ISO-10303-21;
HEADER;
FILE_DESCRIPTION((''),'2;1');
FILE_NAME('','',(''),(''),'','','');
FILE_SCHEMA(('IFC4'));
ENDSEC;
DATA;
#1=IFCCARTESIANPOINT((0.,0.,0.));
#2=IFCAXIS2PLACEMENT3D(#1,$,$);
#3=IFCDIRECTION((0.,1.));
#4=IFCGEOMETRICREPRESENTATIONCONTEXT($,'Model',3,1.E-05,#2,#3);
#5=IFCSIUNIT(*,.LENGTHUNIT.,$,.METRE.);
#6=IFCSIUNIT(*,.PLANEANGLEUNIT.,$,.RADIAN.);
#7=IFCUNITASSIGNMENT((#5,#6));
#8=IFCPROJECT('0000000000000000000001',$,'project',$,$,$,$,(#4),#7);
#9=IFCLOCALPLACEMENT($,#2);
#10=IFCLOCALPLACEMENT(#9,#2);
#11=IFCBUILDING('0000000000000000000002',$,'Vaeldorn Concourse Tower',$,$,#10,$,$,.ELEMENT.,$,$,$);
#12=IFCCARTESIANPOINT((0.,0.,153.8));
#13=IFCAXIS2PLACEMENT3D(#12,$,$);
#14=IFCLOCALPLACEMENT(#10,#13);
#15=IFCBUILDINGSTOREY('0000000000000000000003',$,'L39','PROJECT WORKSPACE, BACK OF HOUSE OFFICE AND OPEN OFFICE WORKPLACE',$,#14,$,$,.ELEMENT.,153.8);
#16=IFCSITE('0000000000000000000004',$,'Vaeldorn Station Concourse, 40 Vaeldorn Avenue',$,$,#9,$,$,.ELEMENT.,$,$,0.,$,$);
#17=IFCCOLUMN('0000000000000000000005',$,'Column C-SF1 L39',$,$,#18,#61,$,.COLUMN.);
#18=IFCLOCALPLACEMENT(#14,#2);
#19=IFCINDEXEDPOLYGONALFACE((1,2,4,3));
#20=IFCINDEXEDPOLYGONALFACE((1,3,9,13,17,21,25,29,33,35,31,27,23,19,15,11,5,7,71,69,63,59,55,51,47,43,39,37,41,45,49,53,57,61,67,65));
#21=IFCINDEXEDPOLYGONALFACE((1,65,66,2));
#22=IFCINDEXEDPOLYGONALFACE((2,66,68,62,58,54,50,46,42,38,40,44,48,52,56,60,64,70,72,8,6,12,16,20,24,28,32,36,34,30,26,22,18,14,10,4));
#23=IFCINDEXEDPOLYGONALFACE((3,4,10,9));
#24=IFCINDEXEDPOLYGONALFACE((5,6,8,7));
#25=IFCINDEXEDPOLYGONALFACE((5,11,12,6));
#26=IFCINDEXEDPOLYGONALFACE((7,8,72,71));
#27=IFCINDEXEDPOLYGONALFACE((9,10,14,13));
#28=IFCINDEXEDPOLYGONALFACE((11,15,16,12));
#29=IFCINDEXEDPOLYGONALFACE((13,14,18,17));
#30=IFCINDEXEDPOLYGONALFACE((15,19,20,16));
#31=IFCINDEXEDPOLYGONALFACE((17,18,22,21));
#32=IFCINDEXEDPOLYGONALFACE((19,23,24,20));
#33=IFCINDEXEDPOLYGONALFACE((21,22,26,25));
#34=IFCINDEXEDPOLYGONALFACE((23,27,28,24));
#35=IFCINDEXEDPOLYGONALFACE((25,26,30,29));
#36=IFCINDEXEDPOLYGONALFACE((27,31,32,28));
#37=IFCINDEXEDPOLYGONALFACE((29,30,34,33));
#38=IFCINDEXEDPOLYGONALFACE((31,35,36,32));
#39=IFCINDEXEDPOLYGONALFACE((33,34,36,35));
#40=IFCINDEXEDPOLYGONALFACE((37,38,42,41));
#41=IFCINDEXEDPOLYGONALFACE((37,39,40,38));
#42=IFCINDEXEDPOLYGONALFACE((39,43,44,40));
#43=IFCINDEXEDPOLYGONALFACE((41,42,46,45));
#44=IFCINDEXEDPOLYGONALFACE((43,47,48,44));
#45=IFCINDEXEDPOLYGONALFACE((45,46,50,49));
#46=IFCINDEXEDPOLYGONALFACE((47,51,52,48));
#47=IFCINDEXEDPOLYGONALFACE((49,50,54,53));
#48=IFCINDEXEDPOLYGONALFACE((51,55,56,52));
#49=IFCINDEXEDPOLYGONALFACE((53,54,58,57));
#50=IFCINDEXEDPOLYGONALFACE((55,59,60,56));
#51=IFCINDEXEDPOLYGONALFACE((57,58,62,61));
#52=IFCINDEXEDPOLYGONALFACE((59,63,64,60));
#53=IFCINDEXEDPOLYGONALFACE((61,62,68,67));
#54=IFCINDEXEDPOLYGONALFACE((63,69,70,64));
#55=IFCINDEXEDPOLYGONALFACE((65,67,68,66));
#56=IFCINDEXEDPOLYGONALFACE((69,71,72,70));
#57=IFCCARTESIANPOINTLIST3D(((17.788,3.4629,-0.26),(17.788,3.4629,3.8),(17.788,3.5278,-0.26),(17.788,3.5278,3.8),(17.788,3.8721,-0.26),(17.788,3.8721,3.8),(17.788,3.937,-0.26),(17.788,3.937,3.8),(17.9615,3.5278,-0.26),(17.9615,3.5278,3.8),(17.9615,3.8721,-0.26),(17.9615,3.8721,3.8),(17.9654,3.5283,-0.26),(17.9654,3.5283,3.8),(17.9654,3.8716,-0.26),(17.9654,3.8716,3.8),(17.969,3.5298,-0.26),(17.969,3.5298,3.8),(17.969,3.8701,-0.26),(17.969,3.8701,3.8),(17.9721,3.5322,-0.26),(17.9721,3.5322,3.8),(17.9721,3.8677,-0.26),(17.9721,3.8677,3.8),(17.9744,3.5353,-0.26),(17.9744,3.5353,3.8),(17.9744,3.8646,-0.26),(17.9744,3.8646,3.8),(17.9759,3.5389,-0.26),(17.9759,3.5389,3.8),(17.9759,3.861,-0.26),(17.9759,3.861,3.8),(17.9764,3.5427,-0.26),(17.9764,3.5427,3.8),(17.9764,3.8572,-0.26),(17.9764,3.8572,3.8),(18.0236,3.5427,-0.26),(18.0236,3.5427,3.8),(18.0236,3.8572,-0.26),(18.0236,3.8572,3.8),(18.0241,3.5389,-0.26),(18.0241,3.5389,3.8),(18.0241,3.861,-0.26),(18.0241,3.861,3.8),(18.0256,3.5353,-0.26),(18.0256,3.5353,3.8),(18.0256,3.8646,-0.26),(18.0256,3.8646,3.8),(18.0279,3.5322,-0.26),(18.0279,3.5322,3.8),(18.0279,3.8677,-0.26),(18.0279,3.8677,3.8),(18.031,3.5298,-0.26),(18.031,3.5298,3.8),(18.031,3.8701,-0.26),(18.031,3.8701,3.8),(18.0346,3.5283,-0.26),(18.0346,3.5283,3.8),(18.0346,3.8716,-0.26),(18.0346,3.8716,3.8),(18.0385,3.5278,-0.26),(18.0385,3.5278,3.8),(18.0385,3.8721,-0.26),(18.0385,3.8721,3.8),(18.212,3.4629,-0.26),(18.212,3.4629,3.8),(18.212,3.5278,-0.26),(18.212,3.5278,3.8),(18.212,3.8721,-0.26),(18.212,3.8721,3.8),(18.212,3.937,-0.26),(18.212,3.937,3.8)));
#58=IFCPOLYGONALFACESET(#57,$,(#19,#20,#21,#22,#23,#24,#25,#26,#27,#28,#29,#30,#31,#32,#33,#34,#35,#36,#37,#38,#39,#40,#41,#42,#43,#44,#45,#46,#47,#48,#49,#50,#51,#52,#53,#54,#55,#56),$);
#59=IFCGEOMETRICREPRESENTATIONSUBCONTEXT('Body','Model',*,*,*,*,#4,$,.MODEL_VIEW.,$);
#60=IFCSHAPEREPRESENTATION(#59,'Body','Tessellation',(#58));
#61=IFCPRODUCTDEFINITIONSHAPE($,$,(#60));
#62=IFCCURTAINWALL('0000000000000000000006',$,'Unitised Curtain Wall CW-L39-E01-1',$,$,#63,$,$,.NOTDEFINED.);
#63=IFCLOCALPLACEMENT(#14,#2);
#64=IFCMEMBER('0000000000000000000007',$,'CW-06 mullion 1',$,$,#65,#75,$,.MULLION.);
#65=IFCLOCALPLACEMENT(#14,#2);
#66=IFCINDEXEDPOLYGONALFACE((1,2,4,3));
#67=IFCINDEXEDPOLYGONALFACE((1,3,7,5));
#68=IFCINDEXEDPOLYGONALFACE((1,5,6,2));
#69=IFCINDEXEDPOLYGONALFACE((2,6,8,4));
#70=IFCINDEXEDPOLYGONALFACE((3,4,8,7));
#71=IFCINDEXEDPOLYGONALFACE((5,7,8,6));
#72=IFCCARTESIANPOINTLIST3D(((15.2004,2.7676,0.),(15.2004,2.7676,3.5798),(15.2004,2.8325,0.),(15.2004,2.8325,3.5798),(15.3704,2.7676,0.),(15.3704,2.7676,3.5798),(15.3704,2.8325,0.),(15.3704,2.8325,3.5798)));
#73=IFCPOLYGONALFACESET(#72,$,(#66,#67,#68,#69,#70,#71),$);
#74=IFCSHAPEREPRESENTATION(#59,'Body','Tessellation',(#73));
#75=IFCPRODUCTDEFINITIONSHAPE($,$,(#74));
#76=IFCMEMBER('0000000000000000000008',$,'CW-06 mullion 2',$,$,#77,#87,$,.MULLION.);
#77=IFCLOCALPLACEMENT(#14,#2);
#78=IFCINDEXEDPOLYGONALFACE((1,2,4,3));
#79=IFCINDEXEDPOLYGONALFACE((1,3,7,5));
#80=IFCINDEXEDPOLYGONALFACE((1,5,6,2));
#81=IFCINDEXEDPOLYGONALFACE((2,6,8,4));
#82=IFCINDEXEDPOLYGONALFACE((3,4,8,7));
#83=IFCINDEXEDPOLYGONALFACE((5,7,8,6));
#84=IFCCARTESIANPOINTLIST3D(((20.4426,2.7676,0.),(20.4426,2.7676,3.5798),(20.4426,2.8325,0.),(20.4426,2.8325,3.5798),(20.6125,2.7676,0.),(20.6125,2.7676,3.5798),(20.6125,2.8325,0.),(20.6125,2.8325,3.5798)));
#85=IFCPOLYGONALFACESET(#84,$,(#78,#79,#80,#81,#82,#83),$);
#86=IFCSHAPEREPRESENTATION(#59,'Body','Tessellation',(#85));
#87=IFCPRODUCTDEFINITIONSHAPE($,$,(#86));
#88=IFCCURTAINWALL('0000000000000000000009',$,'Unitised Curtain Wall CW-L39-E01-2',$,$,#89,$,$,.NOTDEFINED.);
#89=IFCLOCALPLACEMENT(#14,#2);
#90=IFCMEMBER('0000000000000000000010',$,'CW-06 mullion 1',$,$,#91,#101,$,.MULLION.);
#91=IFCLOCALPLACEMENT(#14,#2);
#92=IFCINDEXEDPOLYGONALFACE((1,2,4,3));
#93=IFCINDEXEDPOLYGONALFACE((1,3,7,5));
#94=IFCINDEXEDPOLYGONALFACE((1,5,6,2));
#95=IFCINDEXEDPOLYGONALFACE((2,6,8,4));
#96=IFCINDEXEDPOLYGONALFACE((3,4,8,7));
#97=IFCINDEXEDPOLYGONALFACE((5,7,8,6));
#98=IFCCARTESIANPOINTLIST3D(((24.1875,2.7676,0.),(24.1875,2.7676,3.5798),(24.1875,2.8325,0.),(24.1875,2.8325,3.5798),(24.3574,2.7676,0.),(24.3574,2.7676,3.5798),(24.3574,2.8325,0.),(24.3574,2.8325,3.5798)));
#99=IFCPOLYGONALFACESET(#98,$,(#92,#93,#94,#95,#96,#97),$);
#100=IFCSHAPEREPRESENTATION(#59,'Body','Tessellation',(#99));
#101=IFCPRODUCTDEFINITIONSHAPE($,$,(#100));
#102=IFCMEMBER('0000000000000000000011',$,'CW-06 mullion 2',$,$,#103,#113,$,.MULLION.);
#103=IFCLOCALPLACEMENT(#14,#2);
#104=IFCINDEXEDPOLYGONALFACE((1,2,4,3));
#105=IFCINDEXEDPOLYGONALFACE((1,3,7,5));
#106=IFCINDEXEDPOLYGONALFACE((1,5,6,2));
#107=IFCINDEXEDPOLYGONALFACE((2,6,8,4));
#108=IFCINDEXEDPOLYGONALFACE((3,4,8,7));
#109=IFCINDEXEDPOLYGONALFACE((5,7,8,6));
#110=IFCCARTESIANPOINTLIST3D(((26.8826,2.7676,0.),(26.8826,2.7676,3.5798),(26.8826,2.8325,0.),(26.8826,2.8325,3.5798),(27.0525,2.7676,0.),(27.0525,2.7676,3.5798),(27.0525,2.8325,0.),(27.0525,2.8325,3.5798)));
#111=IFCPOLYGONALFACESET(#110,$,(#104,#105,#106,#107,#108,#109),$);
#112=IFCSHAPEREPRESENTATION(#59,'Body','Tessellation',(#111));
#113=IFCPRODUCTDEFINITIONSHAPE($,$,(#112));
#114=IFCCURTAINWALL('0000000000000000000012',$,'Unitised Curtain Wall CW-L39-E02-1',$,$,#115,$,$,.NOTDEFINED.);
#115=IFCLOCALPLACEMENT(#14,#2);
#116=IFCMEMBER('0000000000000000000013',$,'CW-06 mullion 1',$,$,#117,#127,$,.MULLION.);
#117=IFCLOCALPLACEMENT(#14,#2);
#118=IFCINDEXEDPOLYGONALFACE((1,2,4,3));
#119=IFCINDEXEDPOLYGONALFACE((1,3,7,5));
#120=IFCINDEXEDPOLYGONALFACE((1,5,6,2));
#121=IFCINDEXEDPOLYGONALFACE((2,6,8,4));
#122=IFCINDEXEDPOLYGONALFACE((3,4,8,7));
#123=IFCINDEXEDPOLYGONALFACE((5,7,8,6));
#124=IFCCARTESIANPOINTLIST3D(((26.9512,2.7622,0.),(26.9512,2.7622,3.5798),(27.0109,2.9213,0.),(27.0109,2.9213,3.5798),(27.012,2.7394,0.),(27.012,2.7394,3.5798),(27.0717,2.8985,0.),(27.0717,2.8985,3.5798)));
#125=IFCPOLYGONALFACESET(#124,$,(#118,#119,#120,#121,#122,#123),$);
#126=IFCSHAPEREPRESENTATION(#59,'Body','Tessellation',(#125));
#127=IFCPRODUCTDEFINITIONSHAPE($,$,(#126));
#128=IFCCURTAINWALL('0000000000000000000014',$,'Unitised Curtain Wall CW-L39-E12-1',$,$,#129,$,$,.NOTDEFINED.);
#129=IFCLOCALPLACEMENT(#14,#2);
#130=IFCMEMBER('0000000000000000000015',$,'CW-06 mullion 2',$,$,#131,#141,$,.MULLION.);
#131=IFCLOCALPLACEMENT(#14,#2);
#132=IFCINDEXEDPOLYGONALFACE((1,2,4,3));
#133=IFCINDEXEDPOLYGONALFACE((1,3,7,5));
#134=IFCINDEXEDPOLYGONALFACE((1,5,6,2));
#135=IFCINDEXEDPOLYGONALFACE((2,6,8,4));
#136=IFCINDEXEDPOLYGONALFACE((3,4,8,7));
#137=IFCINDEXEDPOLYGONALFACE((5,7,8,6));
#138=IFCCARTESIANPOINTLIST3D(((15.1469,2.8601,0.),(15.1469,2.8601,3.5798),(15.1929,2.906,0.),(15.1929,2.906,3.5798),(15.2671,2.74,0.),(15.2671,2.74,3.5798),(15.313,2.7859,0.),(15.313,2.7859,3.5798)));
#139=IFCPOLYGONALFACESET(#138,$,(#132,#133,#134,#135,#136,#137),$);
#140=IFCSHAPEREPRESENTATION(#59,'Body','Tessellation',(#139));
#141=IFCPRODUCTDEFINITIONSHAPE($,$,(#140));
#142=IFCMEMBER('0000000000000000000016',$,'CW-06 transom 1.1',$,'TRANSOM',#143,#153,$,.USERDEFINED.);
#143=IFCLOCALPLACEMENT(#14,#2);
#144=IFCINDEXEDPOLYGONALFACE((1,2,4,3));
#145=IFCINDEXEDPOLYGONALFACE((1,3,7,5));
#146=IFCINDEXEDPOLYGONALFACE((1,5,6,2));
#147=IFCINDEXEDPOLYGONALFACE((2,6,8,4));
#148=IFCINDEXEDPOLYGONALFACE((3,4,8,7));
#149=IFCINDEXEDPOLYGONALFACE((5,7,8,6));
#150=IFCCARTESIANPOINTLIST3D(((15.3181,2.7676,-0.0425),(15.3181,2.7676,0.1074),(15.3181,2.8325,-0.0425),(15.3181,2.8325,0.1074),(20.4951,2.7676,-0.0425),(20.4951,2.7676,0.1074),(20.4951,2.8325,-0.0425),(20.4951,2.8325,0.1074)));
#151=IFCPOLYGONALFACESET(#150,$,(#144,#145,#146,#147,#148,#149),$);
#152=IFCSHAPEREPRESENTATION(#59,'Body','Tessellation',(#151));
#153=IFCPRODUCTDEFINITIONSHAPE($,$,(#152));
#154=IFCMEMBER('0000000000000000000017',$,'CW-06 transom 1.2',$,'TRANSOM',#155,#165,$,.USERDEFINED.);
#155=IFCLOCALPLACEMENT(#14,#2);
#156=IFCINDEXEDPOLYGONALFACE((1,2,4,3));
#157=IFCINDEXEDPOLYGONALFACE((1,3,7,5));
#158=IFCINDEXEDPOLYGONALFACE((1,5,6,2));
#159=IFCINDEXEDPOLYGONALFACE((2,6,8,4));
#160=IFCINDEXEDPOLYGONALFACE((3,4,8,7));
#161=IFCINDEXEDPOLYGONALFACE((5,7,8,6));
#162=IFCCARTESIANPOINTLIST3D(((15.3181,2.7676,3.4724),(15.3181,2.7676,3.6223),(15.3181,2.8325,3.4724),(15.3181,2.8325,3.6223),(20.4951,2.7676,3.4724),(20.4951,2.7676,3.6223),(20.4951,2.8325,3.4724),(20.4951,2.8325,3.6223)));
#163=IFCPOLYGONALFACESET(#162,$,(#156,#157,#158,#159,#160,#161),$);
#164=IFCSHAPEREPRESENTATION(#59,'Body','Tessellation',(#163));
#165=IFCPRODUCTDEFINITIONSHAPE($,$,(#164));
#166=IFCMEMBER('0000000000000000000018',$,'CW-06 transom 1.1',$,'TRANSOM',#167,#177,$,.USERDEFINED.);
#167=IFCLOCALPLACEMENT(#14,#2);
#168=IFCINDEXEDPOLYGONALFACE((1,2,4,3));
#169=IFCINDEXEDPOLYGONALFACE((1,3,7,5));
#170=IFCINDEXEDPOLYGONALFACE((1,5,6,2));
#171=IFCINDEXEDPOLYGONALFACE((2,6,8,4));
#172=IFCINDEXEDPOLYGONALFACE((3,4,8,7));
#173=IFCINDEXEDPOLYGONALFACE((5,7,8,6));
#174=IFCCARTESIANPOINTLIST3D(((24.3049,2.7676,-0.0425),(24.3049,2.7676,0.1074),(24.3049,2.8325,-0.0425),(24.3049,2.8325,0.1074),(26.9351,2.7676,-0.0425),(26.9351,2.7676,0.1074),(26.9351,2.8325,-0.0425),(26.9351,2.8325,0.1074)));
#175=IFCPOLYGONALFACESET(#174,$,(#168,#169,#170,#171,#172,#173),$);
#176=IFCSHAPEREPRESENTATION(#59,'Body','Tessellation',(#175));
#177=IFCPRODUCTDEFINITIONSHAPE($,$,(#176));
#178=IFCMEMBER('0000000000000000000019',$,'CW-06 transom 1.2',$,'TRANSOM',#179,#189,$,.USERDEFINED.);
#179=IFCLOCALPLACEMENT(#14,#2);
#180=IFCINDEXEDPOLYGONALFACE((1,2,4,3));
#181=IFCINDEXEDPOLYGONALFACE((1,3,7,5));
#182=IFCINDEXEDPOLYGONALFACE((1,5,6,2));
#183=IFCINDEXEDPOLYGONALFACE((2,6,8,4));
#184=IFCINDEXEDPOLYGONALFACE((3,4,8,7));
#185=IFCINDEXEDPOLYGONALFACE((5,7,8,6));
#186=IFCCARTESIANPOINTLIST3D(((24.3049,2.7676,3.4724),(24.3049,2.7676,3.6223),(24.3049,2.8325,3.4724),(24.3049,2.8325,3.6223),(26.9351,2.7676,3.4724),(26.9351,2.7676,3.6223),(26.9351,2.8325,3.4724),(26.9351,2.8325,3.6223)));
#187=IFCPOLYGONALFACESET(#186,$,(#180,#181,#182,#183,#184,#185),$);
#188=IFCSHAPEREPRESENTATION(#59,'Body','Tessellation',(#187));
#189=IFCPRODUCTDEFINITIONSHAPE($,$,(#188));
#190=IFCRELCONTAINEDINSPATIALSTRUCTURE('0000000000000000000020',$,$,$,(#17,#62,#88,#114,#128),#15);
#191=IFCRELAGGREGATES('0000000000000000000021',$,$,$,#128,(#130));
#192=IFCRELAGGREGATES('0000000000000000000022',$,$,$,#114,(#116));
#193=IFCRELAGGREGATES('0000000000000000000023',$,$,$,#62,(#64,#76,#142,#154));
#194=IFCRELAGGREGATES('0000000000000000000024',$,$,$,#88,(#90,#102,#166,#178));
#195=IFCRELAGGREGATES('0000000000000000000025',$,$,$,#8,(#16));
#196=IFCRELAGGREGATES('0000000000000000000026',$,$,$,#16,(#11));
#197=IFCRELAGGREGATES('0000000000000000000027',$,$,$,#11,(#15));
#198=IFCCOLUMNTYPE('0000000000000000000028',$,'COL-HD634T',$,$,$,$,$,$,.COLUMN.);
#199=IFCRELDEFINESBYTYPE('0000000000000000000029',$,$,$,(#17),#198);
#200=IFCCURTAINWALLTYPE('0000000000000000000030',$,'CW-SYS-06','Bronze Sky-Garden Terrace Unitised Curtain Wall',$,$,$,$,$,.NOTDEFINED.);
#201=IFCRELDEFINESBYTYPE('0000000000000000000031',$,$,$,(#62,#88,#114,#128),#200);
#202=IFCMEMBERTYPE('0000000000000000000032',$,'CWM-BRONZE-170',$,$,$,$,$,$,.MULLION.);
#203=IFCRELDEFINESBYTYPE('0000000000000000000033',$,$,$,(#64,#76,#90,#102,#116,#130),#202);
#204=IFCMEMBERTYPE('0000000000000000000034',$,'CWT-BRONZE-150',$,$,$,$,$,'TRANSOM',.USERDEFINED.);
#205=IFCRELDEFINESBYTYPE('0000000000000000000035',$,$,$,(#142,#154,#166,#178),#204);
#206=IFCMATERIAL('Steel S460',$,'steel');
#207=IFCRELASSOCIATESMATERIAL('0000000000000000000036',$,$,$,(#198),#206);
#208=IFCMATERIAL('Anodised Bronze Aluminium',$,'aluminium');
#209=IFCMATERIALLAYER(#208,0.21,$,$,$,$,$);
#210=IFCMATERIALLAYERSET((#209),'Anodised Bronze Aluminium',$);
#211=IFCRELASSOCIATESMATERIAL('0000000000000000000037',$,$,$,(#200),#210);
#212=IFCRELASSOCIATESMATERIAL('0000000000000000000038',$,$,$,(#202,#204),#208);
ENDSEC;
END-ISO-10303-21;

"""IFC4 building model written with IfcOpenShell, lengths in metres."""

from ifc_helpers import new_model, si_unit, direction, frame, origin, origin_2d, place, context, subcontext, project, spatial, rectangle, i_section, extrude, source, transform, mapped, material, layer, layer_set, material_profile, profile_set, type_object, element, aggregate, save


model = new_model("IFC4")

# Units and contexts
model_context = context("Model", 3, precision=1e-05, world=origin(), true_north=direction((0.0, 1.0)))
body_context = subcontext(model_context, "Body", "Model", "MODEL_VIEW")
ifc_project = project(units=[si_unit("LENGTHUNIT", "METRE"), si_unit("PLANEANGLEUNIT", "RADIAN")], contexts=[model_context])

# Site, building, storey
site_placement = place(None, origin())
site = spatial("IfcSite", under=ifc_project, at=site_placement, Name="Vaeldorn Station Concourse, 40 Vaeldorn Avenue", CompositionType="ELEMENT", RefElevation=0.0)
building_placement = place(site_placement, origin())
building = spatial("IfcBuilding", under=site, at=building_placement, Name="Vaeldorn Concourse Tower", CompositionType="ELEMENT")
storey_placement = place(building_placement, frame((0.0, 0.0, 153.8)))
storey = spatial("IfcBuildingStorey", under=building, at=storey_placement, Name="L39", Description="PROJECT WORKSPACE, BACK OF HOUSE OFFICE AND OPEN OFFICE WORKPLACE", CompositionType="ELEMENT", Elevation=153.8)

# Column
ifc_material_1 = material(Name="Steel S460", Category="steel")
ifc_material_profile_1 = material_profile(ifc_material_1, i_section(OverallWidth=0.4241, OverallDepth=0.4741, WebThickness=0.0471, FlangeThickness=0.0649, FilletRadius=0.0149, at=origin_2d()), Name="HD 400x634")
ifc_profile_set_1 = profile_set([ifc_material_profile_1], Name="Steel S460")
column_type = type_object("IfcColumnType", Name="COL-HD634T", PredefinedType="COLUMN", material=ifc_profile_set_1)
shared_shape_1 = source(origin(), body_context, "Body", "SweptSolid", [
    extrude(i_section(OverallWidth=0.4241, OverallDepth=0.4741, WebThickness=0.0471, FlangeThickness=0.0649, FilletRadius=0.0149, at=origin_2d()), origin(), (0.0, 0.0, 1.0), 4.0601),
])
column_placement = place(storey_placement, frame((18.0, 3.7, -0.26), z_axis=(0.0, 0.0, 1.0), x_axis=(1.0, 0.0, 0.0)))
element("IfcColumn", 1, at=column_placement, inside=storey, type_object=column_type, Name="Column C-SF1 L39", PredefinedType="COLUMN", context=body_context, shape_type="MappedRepresentation", body=[
    mapped(shared_shape_1, transform((0.0, 0.0, 0.0), scale=1.0)),
])

# Curtain walls, members
ifc_material_2 = material(Name="Anodised Bronze Aluminium", Category="aluminium")
ifc_layer_1 = layer(ifc_material_2, 0.21)
ifc_layer_set_1 = layer_set([ifc_layer_1], Name="Anodised Bronze Aluminium")
curtain_wall_type = type_object("IfcCurtainWallType", Name="CW-SYS-06", Description="Bronze Sky-Garden Terrace Unitised Curtain Wall", PredefinedType="NOTDEFINED", material=ifc_layer_set_1)
curtain_wall_1_placement = place(storey_placement, origin())
curtain_wall_1 = element("IfcCurtainWall", 2, at=curtain_wall_1_placement, inside=storey, type_object=curtain_wall_type, Name="Unitised Curtain Wall CW-L39-E01-1", PredefinedType="NOTDEFINED")
ifc_material_profile_2 = material_profile(ifc_material_2, rectangle(XDim=0.0649, YDim=0.1699, at=origin_2d()), Name="CWM 65x170")
ifc_profile_set_2 = profile_set([ifc_material_profile_2], Name="Anodised Bronze Aluminium")
member_type_1 = type_object("IfcMemberType", Name="CWM-BRONZE-170", PredefinedType="MULLION", material=ifc_profile_set_2)
shared_shape_2 = source(origin(), body_context, "Body", "SweptSolid", [
    extrude(rectangle(XDim=0.0649, YDim=0.1699, at=origin_2d()), origin(), (0.0, 0.0, 1.0), 3.5798),
])
member_1_placement = place(storey_placement, frame((15.2854, 2.8, 0.0), z_axis=(0.0, 0.0, 1.0), x_axis=(0.0, 1.0, 0.0)))
member_1 = element("IfcMember", 3, at=member_1_placement, type_object=member_type_1, Name="CW-06 mullion 1", PredefinedType="MULLION", context=body_context, shape_type="MappedRepresentation", body=[
    mapped(shared_shape_2, transform((0.0, 0.0, 0.0), scale=1.0)),
])
member_2_placement = place(storey_placement, frame((20.5276, 2.8, 0.0), z_axis=(0.0, 0.0, 1.0), x_axis=(0.0, 1.0, 0.0)))
member_2 = element("IfcMember", 4, at=member_2_placement, type_object=member_type_1, Name="CW-06 mullion 2", PredefinedType="MULLION", context=body_context, shape_type="MappedRepresentation", body=[
    mapped(shared_shape_2, transform((0.0, 0.0, 0.0), scale=1.0)),
])
curtain_wall_2_placement = place(storey_placement, origin())
curtain_wall_2 = element("IfcCurtainWall", 5, at=curtain_wall_2_placement, inside=storey, type_object=curtain_wall_type, Name="Unitised Curtain Wall CW-L39-E01-2", PredefinedType="NOTDEFINED")
member_3_placement = place(storey_placement, frame((24.2725, 2.8, 0.0), z_axis=(0.0, 0.0, 1.0), x_axis=(0.0, 1.0, 0.0)))
member_3 = element("IfcMember", 6, at=member_3_placement, type_object=member_type_1, Name="CW-06 mullion 1", PredefinedType="MULLION", context=body_context, shape_type="MappedRepresentation", body=[
    mapped(shared_shape_2, transform((0.0, 0.0, 0.0), scale=1.0)),
])
member_4_placement = place(storey_placement, frame((26.9675, 2.8, 0.0), z_axis=(0.0, 0.0, 1.0), x_axis=(0.0, 1.0, 0.0)))
member_4 = element("IfcMember", 7, at=member_4_placement, type_object=member_type_1, Name="CW-06 mullion 2", PredefinedType="MULLION", context=body_context, shape_type="MappedRepresentation", body=[
    mapped(shared_shape_2, transform((0.0, 0.0, 0.0), scale=1.0)),
])

# Curtain walls, members
curtain_wall_3_placement = place(storey_placement, origin())
curtain_wall_3 = element("IfcCurtainWall", 8, at=curtain_wall_3_placement, inside=storey, type_object=curtain_wall_type, Name="Unitised Curtain Wall CW-L39-E02-1", PredefinedType="NOTDEFINED")
member_5_placement = place(storey_placement, frame((27.0115, 2.8303, 0.0), z_axis=(0.0, 0.0, 1.0), x_axis=(-0.936329, 0.351123, 0.0)))
member_5 = element("IfcMember", 9, at=member_5_placement, type_object=member_type_1, Name="CW-06 mullion 1", PredefinedType="MULLION", context=body_context, shape_type="MappedRepresentation", body=[
    mapped(shared_shape_2, transform((0.0, 0.0, 0.0), scale=1.0)),
])
curtain_wall_4_placement = place(storey_placement, origin())
curtain_wall_4 = element("IfcCurtainWall", 10, at=curtain_wall_4_placement, inside=storey, type_object=curtain_wall_type, Name="Unitised Curtain Wall CW-L39-E12-1", PredefinedType="NOTDEFINED")
member_6_placement = place(storey_placement, frame((15.23, 2.823, 0.0), z_axis=(0.0, 0.0, 1.0), x_axis=(0.707107, 0.707107, 0.0)))
member_6 = element("IfcMember", 11, at=member_6_placement, type_object=member_type_1, Name="CW-06 mullion 2", PredefinedType="MULLION", context=body_context, shape_type="MappedRepresentation", body=[
    mapped(shared_shape_2, transform((0.0, 0.0, 0.0), scale=1.0)),
])
aggregate(curtain_wall_4, [member_6])

# Members
ifc_material_profile_3 = material_profile(ifc_material_2, rectangle(XDim=0.0649, YDim=0.1499, at=origin_2d()), Name="CWT 65x150")
ifc_profile_set_3 = profile_set([ifc_material_profile_3], Name="Anodised Bronze Aluminium")
member_type_2 = type_object("IfcMemberType", Name="CWT-BRONZE-150", ElementType="TRANSOM", PredefinedType="USERDEFINED", material=ifc_profile_set_3)
shared_shape_3 = source(origin(), body_context, "Body", "SweptSolid", [
    extrude(rectangle(XDim=0.0649, YDim=0.1499, at=origin_2d()), origin(), (0.0, 0.0, 1.0), 5.177),
])
member_7_placement = place(storey_placement, frame((15.3181, 2.8, 0.0325), z_axis=(1.0, 0.0, 0.0), x_axis=(0.0, 1.0, 0.0)))
member_7 = element("IfcMember", 12, at=member_7_placement, type_object=member_type_2, Name="CW-06 transom 1.1", ObjectType="TRANSOM", PredefinedType="USERDEFINED", context=body_context, shape_type="MappedRepresentation", body=[
    mapped(shared_shape_3, transform((0.0, 0.0, 0.0), scale=1.0)),
])
member_8_placement = place(storey_placement, frame((15.3181, 2.8, 3.5474), z_axis=(1.0, 0.0, 0.0), x_axis=(0.0, 1.0, 0.0)))
member_8 = element("IfcMember", 13, at=member_8_placement, type_object=member_type_2, Name="CW-06 transom 1.2", ObjectType="TRANSOM", PredefinedType="USERDEFINED", context=body_context, shape_type="MappedRepresentation", body=[
    mapped(shared_shape_3, transform((0.0, 0.0, 0.0), scale=1.0)),
])
shared_shape_4 = source(origin(), body_context, "Body", "SweptSolid", [
    extrude(rectangle(XDim=0.0649, YDim=0.1499, at=origin_2d()), origin(), (0.0, 0.0, 1.0), 2.6301),
])
member_9_placement = place(storey_placement, frame((24.3049, 2.8, 0.0325), z_axis=(1.0, 0.0, 0.0), x_axis=(0.0, 1.0, 0.0)))
member_9 = element("IfcMember", 14, at=member_9_placement, type_object=member_type_2, Name="CW-06 transom 1.1", ObjectType="TRANSOM", PredefinedType="USERDEFINED", context=body_context, shape_type="MappedRepresentation", body=[
    mapped(shared_shape_4, transform((0.0, 0.0, 0.0), scale=1.0)),
])
member_10_placement = place(storey_placement, frame((24.3049, 2.8, 3.5474), z_axis=(1.0, 0.0, 0.0), x_axis=(0.0, 1.0, 0.0)))
member_10 = element("IfcMember", 15, at=member_10_placement, type_object=member_type_2, Name="CW-06 transom 1.2", ObjectType="TRANSOM", PredefinedType="USERDEFINED", context=body_context, shape_type="MappedRepresentation", body=[
    mapped(shared_shape_4, transform((0.0, 0.0, 0.0), scale=1.0)),
])
aggregate(curtain_wall_3, [member_5])

aggregate(curtain_wall_1, [member_1, member_2, member_7, member_8])
aggregate(curtain_wall_2, [member_3, member_4, member_9, member_10])

save(model, "model.ifc")
